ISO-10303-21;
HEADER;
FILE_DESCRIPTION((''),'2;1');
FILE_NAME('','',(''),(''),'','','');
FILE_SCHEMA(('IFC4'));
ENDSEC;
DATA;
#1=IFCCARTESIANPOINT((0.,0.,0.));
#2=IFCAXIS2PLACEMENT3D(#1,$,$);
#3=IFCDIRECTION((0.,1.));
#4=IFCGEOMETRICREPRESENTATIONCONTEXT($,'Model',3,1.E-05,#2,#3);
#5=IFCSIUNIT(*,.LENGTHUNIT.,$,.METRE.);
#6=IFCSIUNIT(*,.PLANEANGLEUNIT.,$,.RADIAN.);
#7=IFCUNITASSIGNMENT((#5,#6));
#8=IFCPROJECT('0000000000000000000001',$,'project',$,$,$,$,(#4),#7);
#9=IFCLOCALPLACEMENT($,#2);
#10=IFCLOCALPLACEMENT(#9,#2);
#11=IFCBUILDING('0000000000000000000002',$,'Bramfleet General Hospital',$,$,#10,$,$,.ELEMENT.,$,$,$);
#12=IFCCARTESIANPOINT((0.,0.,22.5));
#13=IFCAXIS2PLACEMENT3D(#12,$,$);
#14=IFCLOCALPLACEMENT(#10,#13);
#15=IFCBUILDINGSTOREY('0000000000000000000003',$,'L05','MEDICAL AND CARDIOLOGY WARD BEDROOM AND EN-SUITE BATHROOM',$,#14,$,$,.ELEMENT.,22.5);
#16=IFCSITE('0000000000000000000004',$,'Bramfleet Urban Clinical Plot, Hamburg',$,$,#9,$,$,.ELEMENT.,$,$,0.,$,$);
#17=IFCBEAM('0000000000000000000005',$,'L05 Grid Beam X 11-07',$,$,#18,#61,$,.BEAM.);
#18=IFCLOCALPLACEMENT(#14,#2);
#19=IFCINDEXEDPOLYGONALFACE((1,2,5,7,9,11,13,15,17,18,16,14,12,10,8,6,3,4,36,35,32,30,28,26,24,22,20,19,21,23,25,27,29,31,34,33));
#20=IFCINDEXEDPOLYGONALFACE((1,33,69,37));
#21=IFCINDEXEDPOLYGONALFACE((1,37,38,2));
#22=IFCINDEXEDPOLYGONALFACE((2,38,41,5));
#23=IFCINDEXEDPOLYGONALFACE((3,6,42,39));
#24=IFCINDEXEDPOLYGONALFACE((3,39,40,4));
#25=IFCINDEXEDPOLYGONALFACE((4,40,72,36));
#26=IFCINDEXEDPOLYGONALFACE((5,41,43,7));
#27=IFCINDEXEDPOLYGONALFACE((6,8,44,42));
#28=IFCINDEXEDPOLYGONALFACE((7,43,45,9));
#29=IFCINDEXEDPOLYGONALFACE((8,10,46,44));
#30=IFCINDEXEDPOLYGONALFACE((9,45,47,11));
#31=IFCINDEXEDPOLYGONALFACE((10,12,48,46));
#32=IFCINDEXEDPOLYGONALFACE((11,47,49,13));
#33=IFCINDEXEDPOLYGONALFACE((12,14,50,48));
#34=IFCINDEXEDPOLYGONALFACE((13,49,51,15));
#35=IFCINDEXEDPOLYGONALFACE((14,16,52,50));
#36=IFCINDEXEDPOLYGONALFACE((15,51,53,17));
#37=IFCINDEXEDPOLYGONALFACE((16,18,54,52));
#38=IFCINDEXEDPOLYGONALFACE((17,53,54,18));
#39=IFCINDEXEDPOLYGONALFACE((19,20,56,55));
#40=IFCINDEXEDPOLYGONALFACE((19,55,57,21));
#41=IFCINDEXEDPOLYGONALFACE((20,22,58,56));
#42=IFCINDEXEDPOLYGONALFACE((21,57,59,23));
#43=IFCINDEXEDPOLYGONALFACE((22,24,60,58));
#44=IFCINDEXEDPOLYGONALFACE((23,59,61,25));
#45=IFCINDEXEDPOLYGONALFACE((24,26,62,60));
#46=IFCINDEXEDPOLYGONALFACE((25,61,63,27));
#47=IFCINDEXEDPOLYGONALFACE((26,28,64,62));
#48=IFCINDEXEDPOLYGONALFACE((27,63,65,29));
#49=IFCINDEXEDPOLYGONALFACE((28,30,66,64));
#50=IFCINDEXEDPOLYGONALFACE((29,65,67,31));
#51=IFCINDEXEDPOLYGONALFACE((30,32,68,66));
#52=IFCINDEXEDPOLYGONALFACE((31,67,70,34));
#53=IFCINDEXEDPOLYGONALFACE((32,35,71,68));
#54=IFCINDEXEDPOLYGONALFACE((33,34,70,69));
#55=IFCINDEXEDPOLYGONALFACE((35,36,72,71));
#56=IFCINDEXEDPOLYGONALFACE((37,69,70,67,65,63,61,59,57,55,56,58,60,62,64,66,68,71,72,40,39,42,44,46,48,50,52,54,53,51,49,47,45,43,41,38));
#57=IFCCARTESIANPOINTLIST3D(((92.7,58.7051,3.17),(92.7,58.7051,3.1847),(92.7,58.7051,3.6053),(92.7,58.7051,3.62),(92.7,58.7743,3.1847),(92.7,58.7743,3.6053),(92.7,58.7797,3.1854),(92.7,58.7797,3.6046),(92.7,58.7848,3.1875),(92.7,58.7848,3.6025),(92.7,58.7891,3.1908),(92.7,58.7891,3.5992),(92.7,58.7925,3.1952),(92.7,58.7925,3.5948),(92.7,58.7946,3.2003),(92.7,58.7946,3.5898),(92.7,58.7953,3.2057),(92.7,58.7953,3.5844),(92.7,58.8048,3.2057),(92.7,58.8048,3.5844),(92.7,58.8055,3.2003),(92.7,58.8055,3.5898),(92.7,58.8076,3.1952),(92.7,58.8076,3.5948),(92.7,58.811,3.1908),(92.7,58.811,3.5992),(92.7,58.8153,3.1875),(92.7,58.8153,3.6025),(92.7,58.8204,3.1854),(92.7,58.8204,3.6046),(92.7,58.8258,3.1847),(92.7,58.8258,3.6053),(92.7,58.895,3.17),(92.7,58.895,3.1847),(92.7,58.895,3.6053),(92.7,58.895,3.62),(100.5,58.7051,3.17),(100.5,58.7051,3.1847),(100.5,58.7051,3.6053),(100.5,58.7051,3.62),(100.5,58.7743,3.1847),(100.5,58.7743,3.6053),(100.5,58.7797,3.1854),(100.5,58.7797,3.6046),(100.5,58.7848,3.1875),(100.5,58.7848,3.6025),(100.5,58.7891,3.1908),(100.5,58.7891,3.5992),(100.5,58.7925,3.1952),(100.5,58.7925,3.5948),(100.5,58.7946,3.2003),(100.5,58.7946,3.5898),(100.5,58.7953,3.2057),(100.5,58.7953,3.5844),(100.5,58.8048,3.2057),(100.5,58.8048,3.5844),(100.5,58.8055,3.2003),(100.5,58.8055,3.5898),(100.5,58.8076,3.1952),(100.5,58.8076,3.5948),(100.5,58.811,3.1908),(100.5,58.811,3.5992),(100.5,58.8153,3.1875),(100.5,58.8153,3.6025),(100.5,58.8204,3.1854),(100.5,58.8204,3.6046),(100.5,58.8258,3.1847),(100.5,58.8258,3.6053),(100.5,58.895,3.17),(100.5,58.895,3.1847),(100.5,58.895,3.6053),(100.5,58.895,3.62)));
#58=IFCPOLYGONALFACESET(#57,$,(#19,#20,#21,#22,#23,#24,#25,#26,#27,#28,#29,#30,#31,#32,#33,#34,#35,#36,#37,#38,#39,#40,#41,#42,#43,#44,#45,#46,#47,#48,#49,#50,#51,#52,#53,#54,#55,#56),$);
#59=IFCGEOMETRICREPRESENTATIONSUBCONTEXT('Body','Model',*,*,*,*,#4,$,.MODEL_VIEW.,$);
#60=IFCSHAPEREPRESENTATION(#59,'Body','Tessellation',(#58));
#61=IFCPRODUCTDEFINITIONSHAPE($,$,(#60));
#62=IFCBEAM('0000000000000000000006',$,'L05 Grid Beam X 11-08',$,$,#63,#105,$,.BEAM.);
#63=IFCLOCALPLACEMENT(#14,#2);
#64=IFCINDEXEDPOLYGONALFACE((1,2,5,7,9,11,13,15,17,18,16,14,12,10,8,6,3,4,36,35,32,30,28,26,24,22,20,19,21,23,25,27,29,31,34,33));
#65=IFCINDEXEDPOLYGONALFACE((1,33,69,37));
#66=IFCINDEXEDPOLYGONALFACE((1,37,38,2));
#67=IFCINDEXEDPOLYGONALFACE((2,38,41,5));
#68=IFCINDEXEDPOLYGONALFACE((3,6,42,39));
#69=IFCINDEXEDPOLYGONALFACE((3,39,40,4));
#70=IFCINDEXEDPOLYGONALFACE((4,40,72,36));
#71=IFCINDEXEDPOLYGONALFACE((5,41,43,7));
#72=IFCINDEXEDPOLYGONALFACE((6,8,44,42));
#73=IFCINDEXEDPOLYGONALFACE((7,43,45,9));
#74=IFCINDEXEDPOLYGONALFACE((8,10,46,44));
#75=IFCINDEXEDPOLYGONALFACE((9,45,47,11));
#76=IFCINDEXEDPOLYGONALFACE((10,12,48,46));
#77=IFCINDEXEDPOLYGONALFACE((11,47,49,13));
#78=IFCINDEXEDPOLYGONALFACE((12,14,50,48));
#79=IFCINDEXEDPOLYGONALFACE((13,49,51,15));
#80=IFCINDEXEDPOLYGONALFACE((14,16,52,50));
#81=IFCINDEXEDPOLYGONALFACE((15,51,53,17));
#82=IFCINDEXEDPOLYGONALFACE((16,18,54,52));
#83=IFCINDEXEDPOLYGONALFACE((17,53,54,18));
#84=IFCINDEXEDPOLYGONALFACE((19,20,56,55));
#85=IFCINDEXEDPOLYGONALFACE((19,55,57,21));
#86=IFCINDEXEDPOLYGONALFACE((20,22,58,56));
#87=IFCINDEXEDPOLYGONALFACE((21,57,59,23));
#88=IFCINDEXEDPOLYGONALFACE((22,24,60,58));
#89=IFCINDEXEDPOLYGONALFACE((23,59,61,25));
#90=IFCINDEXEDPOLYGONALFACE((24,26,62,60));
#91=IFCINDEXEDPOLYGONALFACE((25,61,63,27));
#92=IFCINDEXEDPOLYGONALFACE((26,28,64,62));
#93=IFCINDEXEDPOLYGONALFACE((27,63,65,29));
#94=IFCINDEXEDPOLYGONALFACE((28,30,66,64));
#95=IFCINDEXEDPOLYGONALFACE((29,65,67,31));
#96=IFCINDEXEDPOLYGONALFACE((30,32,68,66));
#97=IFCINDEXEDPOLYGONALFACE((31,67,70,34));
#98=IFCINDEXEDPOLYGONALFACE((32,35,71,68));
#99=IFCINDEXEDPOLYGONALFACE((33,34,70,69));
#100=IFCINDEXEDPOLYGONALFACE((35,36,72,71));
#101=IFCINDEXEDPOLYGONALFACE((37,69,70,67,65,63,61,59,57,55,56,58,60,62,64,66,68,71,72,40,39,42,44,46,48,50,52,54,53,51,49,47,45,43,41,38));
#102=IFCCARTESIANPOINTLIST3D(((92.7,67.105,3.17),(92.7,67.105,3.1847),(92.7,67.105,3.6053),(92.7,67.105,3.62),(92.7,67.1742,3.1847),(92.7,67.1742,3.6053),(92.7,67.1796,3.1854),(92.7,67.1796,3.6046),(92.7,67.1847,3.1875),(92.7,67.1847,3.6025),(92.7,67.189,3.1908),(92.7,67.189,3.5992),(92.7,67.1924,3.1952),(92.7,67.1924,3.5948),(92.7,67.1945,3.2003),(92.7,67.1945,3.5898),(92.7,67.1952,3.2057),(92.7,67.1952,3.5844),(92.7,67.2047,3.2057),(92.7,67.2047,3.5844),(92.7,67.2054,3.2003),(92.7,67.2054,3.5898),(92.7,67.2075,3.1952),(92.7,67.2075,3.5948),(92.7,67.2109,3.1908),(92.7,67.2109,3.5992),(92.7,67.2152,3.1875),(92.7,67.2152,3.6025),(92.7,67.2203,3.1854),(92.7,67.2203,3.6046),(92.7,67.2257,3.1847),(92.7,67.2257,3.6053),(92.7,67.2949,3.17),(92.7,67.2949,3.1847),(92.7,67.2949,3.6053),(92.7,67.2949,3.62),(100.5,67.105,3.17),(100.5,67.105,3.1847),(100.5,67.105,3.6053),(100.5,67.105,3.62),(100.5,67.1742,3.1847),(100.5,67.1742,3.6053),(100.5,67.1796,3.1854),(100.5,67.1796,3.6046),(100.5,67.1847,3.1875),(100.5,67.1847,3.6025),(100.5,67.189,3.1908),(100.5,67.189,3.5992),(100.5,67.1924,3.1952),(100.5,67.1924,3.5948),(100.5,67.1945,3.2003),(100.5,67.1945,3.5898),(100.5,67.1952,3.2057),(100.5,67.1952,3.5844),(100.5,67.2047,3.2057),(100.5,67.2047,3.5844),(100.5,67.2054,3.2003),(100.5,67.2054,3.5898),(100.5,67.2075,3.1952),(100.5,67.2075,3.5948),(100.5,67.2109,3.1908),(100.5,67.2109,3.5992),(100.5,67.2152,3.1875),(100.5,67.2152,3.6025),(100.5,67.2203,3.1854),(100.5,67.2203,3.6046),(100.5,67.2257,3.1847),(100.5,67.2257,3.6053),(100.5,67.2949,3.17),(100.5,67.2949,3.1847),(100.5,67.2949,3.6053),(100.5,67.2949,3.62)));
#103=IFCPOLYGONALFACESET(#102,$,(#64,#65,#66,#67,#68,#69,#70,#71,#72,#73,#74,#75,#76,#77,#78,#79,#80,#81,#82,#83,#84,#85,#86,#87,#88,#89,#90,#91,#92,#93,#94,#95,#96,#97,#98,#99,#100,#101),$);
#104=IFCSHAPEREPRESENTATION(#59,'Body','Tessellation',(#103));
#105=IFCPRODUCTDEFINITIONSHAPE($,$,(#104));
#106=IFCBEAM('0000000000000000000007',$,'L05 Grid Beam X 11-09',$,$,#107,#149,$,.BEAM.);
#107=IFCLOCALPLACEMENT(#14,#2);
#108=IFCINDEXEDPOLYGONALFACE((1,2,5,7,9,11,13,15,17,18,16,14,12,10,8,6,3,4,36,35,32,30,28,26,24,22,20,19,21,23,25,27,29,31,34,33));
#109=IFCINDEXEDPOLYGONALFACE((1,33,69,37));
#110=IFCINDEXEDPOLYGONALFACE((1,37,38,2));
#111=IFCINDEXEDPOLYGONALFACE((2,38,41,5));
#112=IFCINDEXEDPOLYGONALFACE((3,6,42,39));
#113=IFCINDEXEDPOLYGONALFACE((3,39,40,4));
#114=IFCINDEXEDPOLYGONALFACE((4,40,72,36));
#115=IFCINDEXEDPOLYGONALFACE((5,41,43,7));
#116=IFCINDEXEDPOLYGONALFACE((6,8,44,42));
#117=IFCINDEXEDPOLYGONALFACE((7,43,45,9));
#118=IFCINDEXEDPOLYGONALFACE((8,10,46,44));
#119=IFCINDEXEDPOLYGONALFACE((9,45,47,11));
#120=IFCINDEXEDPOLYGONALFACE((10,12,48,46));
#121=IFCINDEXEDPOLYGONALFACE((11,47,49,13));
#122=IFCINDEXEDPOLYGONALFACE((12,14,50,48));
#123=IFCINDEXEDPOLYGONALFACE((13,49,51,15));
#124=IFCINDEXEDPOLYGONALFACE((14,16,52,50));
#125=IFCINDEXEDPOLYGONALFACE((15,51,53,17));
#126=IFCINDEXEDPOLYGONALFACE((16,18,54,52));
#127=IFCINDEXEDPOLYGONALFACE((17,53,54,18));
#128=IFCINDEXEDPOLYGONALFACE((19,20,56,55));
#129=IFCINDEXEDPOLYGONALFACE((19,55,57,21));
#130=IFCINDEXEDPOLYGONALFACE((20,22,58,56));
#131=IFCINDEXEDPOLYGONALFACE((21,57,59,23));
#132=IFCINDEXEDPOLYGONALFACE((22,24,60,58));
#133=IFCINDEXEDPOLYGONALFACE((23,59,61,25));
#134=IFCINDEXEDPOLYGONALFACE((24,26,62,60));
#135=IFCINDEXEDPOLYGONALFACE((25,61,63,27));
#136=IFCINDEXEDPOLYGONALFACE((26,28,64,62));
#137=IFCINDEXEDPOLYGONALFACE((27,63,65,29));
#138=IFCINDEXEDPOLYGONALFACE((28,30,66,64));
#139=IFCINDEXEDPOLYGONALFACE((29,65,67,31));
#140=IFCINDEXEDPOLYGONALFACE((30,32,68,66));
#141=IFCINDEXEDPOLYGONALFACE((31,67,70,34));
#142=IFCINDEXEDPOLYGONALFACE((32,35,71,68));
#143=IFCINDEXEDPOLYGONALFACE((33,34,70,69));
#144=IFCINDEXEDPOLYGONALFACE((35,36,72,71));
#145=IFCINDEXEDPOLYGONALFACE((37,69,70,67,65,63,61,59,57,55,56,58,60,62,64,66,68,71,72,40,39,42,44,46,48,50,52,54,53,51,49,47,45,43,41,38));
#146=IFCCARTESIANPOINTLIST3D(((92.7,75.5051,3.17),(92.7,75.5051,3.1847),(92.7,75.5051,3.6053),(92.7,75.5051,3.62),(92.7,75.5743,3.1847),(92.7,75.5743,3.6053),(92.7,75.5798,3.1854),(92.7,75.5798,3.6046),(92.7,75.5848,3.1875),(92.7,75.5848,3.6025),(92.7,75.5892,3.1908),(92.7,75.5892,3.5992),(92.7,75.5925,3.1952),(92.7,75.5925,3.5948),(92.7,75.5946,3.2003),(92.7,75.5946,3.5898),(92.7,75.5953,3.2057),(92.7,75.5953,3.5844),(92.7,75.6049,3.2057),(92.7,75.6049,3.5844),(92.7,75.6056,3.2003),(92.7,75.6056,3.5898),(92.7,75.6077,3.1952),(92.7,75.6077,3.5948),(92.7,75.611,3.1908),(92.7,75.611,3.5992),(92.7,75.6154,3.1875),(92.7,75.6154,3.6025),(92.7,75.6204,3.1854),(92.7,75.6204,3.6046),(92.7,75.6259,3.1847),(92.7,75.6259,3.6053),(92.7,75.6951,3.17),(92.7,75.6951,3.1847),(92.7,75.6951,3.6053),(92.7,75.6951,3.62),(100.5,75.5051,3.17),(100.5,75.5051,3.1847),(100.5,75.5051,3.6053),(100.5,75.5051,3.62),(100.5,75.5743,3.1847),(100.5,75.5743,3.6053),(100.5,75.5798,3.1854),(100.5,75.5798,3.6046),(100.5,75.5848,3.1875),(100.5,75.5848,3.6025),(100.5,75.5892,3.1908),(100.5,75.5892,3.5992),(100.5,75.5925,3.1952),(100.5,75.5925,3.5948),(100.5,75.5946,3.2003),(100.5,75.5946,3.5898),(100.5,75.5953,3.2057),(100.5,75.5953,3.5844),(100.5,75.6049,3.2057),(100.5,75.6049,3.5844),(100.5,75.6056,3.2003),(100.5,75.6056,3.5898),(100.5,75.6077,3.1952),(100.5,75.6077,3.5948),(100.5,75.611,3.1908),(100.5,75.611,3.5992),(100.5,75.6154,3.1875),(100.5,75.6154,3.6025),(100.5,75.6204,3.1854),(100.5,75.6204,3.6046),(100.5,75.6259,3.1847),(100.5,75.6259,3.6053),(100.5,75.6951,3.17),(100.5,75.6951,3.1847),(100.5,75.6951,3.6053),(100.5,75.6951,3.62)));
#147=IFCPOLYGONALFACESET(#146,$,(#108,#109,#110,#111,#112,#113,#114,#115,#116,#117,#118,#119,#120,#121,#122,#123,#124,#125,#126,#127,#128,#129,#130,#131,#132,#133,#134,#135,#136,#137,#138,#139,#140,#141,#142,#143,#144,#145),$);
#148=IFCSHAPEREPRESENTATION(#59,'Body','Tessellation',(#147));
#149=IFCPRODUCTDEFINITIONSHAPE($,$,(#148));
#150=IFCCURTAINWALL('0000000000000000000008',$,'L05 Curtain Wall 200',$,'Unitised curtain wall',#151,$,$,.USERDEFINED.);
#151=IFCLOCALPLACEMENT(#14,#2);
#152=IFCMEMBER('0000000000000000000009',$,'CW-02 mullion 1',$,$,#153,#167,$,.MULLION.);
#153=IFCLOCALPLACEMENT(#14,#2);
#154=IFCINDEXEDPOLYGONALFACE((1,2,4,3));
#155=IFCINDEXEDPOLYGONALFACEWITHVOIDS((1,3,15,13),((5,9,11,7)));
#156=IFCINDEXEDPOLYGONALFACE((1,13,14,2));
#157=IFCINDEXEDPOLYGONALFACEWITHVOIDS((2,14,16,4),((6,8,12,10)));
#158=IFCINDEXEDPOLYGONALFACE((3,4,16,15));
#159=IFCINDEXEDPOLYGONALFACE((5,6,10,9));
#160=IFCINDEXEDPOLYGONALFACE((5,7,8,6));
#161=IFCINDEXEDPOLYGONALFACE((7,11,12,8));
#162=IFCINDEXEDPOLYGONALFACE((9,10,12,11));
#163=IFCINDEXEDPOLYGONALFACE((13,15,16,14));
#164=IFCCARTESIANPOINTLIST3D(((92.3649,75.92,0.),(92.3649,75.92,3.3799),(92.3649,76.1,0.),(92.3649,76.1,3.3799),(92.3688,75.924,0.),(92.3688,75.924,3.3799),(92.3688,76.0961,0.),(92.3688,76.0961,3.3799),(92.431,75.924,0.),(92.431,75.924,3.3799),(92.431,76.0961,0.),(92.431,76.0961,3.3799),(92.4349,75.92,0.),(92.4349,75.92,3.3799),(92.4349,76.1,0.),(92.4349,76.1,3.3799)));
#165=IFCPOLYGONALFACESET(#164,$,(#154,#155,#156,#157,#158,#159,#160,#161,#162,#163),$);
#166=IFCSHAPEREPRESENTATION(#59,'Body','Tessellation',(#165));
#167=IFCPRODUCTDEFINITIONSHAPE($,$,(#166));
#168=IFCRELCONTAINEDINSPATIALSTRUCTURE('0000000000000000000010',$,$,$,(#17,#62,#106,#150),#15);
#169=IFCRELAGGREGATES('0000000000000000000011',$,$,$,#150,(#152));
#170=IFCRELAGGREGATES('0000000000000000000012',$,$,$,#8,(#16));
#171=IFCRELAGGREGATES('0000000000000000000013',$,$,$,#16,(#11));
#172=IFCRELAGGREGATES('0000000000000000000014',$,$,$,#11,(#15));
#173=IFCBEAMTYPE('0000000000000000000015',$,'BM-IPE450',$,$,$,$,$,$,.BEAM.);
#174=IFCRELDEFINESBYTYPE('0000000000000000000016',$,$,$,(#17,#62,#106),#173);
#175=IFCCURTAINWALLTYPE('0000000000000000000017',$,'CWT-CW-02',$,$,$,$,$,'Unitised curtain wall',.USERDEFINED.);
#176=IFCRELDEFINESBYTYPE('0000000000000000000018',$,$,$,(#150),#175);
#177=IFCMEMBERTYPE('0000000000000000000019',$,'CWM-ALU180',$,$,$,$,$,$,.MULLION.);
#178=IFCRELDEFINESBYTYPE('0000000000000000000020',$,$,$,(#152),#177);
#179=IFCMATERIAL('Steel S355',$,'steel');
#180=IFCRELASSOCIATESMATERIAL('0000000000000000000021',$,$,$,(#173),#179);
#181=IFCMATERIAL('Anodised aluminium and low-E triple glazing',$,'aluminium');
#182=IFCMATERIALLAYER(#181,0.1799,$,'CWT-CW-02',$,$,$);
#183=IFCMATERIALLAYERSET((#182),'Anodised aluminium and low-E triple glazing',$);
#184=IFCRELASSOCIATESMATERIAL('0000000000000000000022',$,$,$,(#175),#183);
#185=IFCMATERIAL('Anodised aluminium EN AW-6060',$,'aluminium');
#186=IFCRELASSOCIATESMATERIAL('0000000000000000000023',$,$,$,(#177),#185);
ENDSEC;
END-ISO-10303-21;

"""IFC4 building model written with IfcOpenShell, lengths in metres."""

from ifc_helpers import new_model, si_unit, direction, frame, origin, origin_2d, place, context, subcontext, project, spatial, hollow_rectangle, i_section, extrude, material, layer, layer_set, material_profile, profile_set, type_object, element, aggregate, save


model = new_model("IFC4")

# Units and contexts
model_context = context("Model", 3, precision=1e-05, world=origin(), true_north=direction((0.0, 1.0)))
body_context = subcontext(model_context, "Body", "Model", "MODEL_VIEW")
ifc_project = project(units=[si_unit("LENGTHUNIT", "METRE"), si_unit("PLANEANGLEUNIT", "RADIAN")], contexts=[model_context])

# Site, building, storey
site_placement = place(None, origin())
site = spatial("IfcSite", under=ifc_project, at=site_placement, Name="Bramfleet Urban Clinical Plot, Hamburg", CompositionType="ELEMENT", RefElevation=0.0)
building_placement = place(site_placement, origin())
building = spatial("IfcBuilding", under=site, at=building_placement, Name="Bramfleet General Hospital", CompositionType="ELEMENT")
storey_placement = place(building_placement, frame((0.0, 0.0, 22.5)))
storey = spatial("IfcBuildingStorey", under=building, at=storey_placement, Name="L05", Description="MEDICAL AND CARDIOLOGY WARD BEDROOM AND EN-SUITE BATHROOM", CompositionType="ELEMENT", Elevation=22.5)

# Beams
ifc_material_1 = material(Name="Steel S355", Category="steel")
ifc_material_profile_1 = material_profile(ifc_material_1, i_section(OverallWidth=0.1899, OverallDepth=0.45, WebThickness=0.0095, FlangeThickness=0.0146, FilletRadius=0.021, at=origin_2d()), Name="IPE 450")
ifc_profile_set_1 = profile_set([ifc_material_profile_1], Name="Steel S355")
beam_type_1 = type_object("IfcBeamType", Name="BM-IPE450", PredefinedType="BEAM", material=ifc_profile_set_1)
for number, where, z_axis, x_axis, name in (
    (1, (92.7, 58.8, 3.395), (1.0, 0.0, 0.0), (0.0, 1.0, 0.0), "L05 Grid Beam X 11-07"),
    (2, (92.7, 67.2, 3.395), (1.0, 0.0, 0.0), (0.0, 1.0, 0.0), "L05 Grid Beam X 11-08"),
    (3, (92.7, 75.6001, 3.395), (1.0, 0.0, 0.0), (0.0, 1.0, 0.0), "L05 Grid Beam X 11-09"),
):
    element("IfcBeam", number, at=place(storey_placement, frame(where, z_axis=z_axis, x_axis=x_axis)), inside=storey, type_object=beam_type_1, Name=name, PredefinedType="BEAM", context=body_context, shape_type="SweptSolid", body=[
        extrude(i_section(OverallWidth=0.1899, OverallDepth=0.45, WebThickness=0.0095, FlangeThickness=0.0146, FilletRadius=0.021, at=origin_2d()), origin(), (0.0, 0.0, 1.0), 7.8),
    ])

# Curtain wall, member
ifc_material_2 = material(Name="Anodised aluminium and low-E triple glazing", Category="aluminium")
ifc_layer_1 = layer(ifc_material_2, 0.1799, Name="CWT-CW-02")
ifc_layer_set_1 = layer_set([ifc_layer_1], Name="Anodised aluminium and low-E triple glazing")
curtain_wall_type = type_object("IfcCurtainWallType", Name="CWT-CW-02", ElementType="Unitised curtain wall", PredefinedType="USERDEFINED", material=ifc_layer_set_1)
curtain_wall_placement = place(storey_placement, origin())
curtain_wall = element("IfcCurtainWall", 4, at=curtain_wall_placement, inside=storey, type_object=curtain_wall_type, Name="L05 Curtain Wall 200", ObjectType="Unitised curtain wall", PredefinedType="USERDEFINED")
ifc_material_3 = material(Name="Anodised aluminium EN AW-6060", Category="aluminium")
ifc_material_profile_2 = material_profile(ifc_material_3, hollow_rectangle(XDim=0.0701, YDim=0.1799, WallThickness=0.0039, at=origin_2d()), Name="ALU 180x70x4.0")
ifc_profile_set_2 = profile_set([ifc_material_profile_2], Name="Anodised aluminium EN AW-6060")
member_type = type_object("IfcMemberType", Name="CWM-ALU180", PredefinedType="MULLION", material=ifc_profile_set_2)
member_placement = place(storey_placement, frame((92.3999, 76.01, 0.0), z_axis=(0.0, 0.0, 1.0), x_axis=(-1.0, 0.0, 0.0)))
member = element("IfcMember", 5, at=member_placement, type_object=member_type, Name="CW-02 mullion 1", PredefinedType="MULLION", context=body_context, shape_type="SweptSolid", body=[
    extrude(hollow_rectangle(XDim=0.0701, YDim=0.1799, WallThickness=0.0039, at=origin_2d()), origin(), (0.0, 0.0, 1.0), 3.3799),
])
aggregate(curtain_wall, [member])

save(model, "model.ifc")
